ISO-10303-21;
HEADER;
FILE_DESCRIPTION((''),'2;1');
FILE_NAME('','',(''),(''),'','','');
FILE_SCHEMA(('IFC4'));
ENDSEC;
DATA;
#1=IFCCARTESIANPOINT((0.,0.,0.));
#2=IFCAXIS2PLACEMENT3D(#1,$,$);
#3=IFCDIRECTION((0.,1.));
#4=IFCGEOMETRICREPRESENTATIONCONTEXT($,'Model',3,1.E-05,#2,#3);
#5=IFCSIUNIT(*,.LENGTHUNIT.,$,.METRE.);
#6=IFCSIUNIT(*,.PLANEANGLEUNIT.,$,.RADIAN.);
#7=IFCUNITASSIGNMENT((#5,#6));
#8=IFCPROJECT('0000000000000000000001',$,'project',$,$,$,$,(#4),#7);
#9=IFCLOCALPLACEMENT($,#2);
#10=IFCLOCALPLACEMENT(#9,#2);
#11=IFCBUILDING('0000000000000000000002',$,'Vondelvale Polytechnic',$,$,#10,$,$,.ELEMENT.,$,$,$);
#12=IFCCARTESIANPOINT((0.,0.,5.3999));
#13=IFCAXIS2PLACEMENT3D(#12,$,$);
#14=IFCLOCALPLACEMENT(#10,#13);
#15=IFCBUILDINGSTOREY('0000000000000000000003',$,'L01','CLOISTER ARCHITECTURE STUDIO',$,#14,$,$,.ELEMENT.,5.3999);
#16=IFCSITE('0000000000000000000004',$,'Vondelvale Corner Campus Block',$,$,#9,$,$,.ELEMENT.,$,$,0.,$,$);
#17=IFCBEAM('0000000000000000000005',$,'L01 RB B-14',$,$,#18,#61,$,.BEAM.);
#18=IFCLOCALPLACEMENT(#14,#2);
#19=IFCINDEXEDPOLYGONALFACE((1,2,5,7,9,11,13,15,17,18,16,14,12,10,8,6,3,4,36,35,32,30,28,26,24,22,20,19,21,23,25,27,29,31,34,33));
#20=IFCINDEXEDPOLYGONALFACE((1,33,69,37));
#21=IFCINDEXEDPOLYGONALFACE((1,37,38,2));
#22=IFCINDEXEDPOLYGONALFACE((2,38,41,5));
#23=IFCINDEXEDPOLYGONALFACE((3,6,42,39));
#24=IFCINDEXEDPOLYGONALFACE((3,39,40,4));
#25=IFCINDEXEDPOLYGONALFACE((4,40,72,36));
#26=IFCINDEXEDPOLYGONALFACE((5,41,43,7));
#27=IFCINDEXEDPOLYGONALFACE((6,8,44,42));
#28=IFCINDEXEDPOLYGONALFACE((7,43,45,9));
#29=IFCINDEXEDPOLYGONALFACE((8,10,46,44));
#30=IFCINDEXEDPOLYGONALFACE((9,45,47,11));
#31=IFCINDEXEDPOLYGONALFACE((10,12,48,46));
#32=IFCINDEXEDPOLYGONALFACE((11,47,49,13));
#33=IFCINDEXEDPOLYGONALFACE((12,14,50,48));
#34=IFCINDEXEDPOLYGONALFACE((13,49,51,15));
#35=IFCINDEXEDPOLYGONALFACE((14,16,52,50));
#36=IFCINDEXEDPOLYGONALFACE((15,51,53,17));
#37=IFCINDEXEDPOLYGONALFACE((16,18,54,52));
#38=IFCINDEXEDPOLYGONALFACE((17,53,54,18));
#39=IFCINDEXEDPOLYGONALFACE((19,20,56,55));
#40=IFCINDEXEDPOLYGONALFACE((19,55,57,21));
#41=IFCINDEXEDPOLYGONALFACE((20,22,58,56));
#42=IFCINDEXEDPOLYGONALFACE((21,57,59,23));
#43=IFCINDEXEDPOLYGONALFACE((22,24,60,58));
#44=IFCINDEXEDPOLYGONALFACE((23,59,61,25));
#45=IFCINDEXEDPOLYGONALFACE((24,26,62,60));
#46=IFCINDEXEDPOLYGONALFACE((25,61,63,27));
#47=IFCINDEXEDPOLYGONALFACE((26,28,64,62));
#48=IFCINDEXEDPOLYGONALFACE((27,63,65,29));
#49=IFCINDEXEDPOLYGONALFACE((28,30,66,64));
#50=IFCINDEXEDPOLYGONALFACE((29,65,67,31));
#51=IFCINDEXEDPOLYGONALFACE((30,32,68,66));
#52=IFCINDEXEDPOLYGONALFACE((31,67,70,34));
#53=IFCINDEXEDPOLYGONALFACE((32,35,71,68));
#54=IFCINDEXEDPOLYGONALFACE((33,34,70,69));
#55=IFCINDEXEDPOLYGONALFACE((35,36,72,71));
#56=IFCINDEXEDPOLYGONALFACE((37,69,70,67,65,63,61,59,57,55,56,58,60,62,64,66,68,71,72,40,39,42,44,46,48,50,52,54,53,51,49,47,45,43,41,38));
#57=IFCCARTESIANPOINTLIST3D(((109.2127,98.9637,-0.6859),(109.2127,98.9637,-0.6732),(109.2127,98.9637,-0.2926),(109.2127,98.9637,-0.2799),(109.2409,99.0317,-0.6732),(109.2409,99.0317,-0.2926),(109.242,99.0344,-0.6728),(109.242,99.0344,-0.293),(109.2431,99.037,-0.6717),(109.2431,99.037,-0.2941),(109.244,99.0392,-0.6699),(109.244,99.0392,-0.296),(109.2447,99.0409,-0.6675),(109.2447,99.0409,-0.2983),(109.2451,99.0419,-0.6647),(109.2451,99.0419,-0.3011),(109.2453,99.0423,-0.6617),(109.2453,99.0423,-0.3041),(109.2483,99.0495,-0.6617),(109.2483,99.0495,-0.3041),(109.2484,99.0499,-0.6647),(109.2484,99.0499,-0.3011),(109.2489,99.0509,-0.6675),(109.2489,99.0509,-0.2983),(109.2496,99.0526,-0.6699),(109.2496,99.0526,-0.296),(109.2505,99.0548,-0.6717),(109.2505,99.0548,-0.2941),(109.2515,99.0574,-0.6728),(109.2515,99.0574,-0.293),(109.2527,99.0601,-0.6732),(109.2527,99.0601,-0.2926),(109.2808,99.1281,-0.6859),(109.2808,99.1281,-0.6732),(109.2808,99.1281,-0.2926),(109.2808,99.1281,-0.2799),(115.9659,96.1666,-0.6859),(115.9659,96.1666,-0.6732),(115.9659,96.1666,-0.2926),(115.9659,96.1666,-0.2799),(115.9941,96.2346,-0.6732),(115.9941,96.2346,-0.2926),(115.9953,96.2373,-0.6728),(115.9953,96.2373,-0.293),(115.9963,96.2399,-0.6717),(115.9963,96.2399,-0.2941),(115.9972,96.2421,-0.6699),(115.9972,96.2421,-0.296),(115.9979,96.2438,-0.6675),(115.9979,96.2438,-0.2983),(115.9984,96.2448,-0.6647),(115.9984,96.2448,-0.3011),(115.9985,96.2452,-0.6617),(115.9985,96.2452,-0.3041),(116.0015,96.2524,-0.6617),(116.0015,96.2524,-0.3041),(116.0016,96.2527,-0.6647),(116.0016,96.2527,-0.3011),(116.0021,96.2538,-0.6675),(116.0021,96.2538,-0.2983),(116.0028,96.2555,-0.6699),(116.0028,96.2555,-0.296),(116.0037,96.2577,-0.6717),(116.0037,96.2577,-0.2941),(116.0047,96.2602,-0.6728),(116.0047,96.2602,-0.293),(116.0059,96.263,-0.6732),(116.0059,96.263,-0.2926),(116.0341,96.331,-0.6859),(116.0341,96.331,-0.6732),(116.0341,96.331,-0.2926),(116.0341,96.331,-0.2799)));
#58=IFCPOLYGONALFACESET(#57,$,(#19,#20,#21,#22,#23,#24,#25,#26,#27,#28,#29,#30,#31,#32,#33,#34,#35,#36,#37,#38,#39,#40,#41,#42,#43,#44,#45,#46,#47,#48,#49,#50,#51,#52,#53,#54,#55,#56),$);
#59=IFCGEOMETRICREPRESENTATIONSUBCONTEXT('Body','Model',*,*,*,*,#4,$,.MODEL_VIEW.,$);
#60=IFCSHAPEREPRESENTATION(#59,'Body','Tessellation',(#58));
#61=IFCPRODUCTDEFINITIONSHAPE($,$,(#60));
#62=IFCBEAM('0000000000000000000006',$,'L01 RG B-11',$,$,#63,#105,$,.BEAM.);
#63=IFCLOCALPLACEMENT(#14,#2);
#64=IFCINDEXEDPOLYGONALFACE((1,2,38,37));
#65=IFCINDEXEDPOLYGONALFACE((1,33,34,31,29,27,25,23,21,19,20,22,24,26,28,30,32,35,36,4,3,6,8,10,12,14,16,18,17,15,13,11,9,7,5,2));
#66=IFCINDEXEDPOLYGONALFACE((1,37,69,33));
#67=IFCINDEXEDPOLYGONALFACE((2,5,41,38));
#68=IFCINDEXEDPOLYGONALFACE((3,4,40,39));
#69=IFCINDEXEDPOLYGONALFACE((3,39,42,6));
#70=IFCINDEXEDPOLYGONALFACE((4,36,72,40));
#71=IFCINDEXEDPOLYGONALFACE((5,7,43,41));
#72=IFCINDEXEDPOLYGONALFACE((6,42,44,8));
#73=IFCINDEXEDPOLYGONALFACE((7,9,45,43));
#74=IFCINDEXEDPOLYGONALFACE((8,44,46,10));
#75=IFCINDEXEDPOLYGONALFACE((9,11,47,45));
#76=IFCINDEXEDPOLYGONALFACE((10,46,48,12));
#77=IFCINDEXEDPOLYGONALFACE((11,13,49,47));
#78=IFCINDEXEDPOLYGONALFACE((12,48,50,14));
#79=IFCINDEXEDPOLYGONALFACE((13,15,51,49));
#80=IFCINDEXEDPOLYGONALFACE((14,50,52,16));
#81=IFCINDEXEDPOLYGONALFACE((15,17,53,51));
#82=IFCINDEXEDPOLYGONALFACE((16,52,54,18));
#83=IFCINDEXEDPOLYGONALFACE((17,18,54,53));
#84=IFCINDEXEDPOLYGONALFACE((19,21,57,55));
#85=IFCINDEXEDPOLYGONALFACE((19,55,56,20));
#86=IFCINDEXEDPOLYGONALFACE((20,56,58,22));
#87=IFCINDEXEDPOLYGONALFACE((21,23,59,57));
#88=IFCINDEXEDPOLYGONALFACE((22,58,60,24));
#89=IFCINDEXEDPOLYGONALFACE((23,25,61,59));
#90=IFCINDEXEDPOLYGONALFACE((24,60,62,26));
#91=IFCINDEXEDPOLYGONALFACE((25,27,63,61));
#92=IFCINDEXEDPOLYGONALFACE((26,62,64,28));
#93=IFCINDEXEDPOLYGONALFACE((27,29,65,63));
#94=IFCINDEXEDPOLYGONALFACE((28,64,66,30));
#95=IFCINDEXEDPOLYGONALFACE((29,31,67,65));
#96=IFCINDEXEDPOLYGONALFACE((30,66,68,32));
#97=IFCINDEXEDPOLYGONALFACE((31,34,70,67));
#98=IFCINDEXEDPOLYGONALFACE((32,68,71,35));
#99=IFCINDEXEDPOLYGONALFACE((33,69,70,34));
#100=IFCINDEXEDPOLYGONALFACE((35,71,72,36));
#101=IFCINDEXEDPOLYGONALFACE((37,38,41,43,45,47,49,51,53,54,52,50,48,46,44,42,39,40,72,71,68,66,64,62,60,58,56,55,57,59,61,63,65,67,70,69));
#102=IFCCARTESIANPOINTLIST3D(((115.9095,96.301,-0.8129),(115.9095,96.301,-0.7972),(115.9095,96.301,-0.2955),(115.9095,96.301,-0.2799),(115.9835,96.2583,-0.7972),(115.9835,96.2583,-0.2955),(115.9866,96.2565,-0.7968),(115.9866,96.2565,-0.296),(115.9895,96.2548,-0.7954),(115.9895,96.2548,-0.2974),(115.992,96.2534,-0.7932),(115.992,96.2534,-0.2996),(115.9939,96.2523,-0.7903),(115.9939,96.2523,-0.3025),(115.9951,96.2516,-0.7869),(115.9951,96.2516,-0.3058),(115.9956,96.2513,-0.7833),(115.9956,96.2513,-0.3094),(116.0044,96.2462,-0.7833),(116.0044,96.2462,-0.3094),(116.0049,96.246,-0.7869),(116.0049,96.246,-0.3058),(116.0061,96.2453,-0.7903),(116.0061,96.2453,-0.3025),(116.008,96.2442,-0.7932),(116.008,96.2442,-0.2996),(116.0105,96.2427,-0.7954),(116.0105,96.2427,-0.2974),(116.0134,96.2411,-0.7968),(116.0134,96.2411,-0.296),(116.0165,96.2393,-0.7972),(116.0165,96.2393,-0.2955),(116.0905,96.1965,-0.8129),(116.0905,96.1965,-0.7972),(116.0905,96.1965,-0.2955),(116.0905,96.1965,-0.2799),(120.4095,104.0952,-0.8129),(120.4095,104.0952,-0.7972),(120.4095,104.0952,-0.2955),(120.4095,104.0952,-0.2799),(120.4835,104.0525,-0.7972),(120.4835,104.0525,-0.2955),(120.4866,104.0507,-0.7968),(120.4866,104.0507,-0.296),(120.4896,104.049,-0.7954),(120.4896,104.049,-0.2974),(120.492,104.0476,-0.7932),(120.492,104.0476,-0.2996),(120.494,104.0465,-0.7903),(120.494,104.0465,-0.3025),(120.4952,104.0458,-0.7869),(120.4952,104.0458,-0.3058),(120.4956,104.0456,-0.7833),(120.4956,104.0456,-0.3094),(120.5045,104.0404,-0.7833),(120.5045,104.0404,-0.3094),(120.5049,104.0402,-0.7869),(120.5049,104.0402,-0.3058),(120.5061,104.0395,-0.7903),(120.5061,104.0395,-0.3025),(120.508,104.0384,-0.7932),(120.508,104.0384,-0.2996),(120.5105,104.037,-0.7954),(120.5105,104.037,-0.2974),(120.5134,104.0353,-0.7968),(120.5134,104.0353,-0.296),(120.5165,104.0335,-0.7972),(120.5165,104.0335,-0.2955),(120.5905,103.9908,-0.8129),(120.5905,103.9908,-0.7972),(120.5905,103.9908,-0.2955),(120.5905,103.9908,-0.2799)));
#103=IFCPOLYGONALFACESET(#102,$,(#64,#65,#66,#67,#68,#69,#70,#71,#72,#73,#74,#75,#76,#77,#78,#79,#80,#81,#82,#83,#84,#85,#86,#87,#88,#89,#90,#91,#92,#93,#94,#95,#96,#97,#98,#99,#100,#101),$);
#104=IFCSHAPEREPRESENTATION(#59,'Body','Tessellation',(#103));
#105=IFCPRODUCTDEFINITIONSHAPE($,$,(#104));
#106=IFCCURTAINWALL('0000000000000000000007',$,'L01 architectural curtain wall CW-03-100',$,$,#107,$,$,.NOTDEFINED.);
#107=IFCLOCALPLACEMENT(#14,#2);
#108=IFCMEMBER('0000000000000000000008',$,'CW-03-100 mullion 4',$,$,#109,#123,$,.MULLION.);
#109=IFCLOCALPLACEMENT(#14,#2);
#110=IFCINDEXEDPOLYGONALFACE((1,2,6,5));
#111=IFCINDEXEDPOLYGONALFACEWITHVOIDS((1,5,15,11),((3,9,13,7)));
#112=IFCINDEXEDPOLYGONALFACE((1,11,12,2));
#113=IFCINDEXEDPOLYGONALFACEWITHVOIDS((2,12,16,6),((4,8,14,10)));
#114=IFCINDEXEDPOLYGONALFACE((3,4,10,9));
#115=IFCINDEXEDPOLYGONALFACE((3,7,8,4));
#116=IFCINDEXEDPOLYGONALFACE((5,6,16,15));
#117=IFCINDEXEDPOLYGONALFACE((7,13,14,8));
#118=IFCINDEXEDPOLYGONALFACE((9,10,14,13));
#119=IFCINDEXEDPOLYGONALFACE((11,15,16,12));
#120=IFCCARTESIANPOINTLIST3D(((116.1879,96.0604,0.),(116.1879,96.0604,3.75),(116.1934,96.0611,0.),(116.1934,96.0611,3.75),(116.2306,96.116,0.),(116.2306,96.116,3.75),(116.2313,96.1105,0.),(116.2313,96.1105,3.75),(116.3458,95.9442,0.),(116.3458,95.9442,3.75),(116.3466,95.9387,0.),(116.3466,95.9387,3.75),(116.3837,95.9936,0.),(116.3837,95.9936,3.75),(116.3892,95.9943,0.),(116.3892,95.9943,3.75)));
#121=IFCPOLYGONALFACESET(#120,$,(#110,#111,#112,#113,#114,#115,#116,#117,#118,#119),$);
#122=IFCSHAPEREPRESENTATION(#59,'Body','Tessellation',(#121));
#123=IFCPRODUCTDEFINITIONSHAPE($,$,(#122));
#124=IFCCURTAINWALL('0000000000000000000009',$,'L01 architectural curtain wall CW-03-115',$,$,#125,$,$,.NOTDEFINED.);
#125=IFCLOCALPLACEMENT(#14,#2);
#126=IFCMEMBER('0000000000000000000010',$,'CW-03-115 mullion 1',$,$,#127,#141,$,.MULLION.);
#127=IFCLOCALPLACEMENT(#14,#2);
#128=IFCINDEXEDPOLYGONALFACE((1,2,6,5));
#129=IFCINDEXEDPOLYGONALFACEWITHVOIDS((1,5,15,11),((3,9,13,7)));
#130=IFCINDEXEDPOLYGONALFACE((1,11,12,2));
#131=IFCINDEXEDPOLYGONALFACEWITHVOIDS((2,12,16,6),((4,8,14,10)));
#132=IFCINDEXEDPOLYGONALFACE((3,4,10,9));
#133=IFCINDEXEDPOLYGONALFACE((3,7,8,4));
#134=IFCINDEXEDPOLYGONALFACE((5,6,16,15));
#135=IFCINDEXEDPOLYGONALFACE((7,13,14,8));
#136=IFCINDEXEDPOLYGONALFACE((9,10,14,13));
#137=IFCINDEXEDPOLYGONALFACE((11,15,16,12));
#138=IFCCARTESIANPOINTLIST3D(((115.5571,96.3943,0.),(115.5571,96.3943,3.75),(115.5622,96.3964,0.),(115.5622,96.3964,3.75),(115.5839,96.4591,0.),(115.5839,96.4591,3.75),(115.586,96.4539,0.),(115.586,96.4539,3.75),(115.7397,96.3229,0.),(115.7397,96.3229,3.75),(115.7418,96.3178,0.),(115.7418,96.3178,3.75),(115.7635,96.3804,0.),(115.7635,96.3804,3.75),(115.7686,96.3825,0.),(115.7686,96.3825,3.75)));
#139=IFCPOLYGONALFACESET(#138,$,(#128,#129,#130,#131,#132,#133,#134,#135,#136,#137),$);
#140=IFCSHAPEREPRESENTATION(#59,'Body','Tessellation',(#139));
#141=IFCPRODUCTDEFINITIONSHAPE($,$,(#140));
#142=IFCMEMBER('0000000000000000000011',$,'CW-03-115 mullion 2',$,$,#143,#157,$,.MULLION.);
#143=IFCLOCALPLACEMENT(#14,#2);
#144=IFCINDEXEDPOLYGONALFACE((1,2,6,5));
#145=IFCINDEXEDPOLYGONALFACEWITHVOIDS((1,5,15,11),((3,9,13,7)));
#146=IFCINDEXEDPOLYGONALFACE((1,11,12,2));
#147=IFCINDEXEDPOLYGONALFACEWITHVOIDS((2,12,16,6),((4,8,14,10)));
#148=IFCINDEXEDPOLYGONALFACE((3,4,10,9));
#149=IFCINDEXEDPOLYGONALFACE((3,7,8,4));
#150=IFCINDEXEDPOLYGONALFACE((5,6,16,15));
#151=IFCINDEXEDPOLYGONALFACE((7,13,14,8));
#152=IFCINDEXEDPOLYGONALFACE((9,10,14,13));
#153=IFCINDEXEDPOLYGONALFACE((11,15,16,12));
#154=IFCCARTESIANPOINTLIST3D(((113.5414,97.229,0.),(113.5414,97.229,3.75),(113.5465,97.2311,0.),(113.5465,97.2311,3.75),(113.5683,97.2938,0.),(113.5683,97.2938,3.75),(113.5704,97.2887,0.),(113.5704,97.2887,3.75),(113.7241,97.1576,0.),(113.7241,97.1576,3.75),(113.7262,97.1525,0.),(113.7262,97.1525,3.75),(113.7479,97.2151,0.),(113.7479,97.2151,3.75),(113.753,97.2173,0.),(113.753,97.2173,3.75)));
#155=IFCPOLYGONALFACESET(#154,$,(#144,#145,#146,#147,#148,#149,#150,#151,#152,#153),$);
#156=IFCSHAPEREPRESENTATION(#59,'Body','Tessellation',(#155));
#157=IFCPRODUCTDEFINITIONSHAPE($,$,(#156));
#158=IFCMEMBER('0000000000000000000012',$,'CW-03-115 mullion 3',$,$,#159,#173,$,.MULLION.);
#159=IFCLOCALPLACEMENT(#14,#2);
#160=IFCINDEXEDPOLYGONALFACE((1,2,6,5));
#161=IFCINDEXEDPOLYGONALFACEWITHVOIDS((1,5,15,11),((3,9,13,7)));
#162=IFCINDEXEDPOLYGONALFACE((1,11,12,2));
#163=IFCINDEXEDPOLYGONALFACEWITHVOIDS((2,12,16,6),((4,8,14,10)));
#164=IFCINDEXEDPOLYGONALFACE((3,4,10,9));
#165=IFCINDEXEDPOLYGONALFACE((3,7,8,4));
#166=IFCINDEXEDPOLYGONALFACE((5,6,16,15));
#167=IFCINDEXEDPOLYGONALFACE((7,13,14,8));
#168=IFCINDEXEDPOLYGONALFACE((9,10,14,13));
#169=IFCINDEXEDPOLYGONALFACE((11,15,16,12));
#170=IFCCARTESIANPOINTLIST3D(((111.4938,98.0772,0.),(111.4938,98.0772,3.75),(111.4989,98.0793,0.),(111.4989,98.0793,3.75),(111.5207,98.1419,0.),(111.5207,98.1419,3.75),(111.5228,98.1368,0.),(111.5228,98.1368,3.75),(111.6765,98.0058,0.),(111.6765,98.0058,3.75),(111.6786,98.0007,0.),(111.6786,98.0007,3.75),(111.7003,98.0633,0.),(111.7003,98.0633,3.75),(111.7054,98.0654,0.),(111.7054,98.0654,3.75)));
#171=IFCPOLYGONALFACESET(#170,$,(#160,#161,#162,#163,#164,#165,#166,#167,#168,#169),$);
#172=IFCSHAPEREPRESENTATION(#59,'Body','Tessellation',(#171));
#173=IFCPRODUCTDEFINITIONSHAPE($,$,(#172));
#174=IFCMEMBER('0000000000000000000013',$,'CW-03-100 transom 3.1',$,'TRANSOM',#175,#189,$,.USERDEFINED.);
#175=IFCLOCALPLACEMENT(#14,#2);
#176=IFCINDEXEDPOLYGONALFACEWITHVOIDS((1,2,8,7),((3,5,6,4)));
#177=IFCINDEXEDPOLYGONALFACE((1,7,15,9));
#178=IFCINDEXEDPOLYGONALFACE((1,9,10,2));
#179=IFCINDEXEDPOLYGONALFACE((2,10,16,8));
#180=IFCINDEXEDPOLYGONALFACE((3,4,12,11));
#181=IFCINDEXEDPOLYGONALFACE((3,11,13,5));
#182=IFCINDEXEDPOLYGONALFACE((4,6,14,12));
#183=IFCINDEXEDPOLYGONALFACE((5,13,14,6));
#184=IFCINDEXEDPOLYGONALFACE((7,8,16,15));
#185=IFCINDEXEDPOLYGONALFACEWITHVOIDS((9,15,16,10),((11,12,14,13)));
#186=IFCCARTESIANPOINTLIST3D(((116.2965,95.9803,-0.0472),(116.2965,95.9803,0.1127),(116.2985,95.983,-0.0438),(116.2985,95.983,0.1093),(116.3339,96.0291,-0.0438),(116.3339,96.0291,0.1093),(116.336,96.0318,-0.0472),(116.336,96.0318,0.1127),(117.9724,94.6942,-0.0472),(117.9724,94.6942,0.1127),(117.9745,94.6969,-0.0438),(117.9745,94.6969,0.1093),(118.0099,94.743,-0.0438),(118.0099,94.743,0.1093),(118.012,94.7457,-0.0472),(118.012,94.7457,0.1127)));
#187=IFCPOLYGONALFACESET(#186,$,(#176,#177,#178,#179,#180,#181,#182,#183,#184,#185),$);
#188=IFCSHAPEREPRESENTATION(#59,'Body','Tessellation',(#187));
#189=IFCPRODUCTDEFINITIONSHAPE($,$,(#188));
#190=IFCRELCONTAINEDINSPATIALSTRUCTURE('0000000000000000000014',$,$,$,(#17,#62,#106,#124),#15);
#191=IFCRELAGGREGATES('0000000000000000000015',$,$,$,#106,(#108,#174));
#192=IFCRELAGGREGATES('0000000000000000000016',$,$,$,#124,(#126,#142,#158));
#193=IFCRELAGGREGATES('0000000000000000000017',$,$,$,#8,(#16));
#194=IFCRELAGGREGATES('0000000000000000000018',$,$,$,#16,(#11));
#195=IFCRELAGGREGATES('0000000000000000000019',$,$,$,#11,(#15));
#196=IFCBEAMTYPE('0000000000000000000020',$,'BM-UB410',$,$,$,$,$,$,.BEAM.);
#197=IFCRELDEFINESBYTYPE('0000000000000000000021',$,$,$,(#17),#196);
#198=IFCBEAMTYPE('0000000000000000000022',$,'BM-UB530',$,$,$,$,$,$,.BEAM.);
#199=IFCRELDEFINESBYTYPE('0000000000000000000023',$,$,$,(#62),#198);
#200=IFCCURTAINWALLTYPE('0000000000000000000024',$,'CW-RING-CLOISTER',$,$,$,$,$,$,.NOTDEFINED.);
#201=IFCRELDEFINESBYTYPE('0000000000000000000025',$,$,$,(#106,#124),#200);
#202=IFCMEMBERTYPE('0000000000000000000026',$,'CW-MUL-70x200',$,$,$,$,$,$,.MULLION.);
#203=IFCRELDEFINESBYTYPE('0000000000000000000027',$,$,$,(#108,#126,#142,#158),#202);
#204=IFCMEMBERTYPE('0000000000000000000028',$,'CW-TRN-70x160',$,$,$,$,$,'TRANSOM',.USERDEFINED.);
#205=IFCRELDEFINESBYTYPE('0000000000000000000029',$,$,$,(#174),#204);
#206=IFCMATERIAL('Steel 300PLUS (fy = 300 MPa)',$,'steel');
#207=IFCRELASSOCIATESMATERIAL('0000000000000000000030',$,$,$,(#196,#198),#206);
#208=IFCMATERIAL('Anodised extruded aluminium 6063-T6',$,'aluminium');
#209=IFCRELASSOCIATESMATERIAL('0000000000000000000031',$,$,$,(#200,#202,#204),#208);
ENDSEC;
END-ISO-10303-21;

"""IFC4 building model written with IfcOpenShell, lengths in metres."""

from ifc_helpers import new_model, si_unit, direction, frame, origin, origin_2d, place, context, subcontext, project, spatial, hollow_rectangle, i_section, extrude, material, material_profile, profile_set, type_object, element, aggregate, save


model = new_model("IFC4")

# Units and contexts
model_context = context("Model", 3, precision=1e-05, world=origin(), true_north=direction((0.0, 1.0)))
body_context = subcontext(model_context, "Body", "Model", "MODEL_VIEW")
ifc_project = project(units=[si_unit("LENGTHUNIT", "METRE"), si_unit("PLANEANGLEUNIT", "RADIAN")], contexts=[model_context])

# Site, building, storey
site_placement = place(None, origin())
site = spatial("IfcSite", under=ifc_project, at=site_placement, Name="Vondelvale Corner Campus Block", CompositionType="ELEMENT", RefElevation=0.0)
building_placement = place(site_placement, origin())
building = spatial("IfcBuilding", under=site, at=building_placement, Name="Vondelvale Polytechnic", CompositionType="ELEMENT")
storey_placement = place(building_placement, frame((0.0, 0.0, 5.3999)))
storey = spatial("IfcBuildingStorey", under=building, at=storey_placement, Name="L01", Description="CLOISTER ARCHITECTURE STUDIO", CompositionType="ELEMENT", Elevation=5.3999)

# Beams
ifc_material_1 = material(Name="Steel 300PLUS (fy = 300 MPa)", Category="steel")
ifc_material_profile_1 = material_profile(ifc_material_1, i_section(OverallWidth=0.178, OverallDepth=0.406, WebThickness=0.0078, FlangeThickness=0.0127, FilletRadius=0.0115, at=origin_2d()), Name="410UB59.7")
ifc_profile_set_1 = profile_set([ifc_material_profile_1], Name="Steel 300PLUS (fy = 300 MPa)")
beam_type_1 = type_object("IfcBeamType", Name="BM-UB410", PredefinedType="BEAM", material=ifc_profile_set_1)
beam_1_placement = place(storey_placement, frame((116.0, 96.2488, -0.4829), z_axis=(-0.923886, 0.382667, 0.0), x_axis=(-0.382667, -0.923886, 0.0)))
element("IfcBeam", 1, at=beam_1_placement, inside=storey, type_object=beam_type_1, Name="L01 RB B-14", PredefinedType="BEAM", context=body_context, shape_type="SweptSolid", body=[
    extrude(i_section(OverallWidth=0.178, OverallDepth=0.406, WebThickness=0.0078, FlangeThickness=0.0127, FilletRadius=0.0115, at=origin_2d()), origin(), (0.0, 0.0, 1.0), 7.3096),
])
ifc_material_profile_2 = material_profile(ifc_material_1, i_section(OverallWidth=0.209, OverallDepth=0.533, WebThickness=0.0103, FlangeThickness=0.0156, FilletRadius=0.0139, at=origin_2d()), Name="530UB92.4")
ifc_profile_set_2 = profile_set([ifc_material_profile_2], Name="Steel 300PLUS (fy = 300 MPa)")
beam_type_2 = type_object("IfcBeamType", Name="BM-UB530", PredefinedType="BEAM", material=ifc_profile_set_2)
beam_2_placement = place(storey_placement, frame((116.0, 96.2488, -0.5464), z_axis=(0.500002, 0.866024, 0.0), x_axis=(-0.866024, 0.500002, 0.0)))
element("IfcBeam", 2, at=beam_2_placement, inside=storey, type_object=beam_type_2, Name="L01 RG B-11", PredefinedType="BEAM", context=body_context, shape_type="SweptSolid", body=[
    extrude(i_section(OverallWidth=0.209, OverallDepth=0.533, WebThickness=0.0103, FlangeThickness=0.0156, FilletRadius=0.0139, at=origin_2d()), origin(), (0.0, 0.0, 1.0), 9.0),
])

# Curtain wall, member
ifc_material_2 = material(Name="Anodised extruded aluminium 6063-T6", Category="aluminium")
curtain_wall_type = type_object("IfcCurtainWallType", Name="CW-RING-CLOISTER", PredefinedType="NOTDEFINED", material=ifc_material_2)
curtain_wall_1_placement = place(storey_placement, origin())
curtain_wall_1 = element("IfcCurtainWall", 3, at=curtain_wall_1_placement, inside=storey, type_object=curtain_wall_type, Name="L01 architectural curtain wall CW-03-100", PredefinedType="NOTDEFINED")
ifc_material_profile_3 = material_profile(ifc_material_2, hollow_rectangle(XDim=0.0701, YDim=0.2, WallThickness=0.0039, at=origin_2d()), Name="CW-MUL-200x70")
ifc_profile_set_3 = profile_set([ifc_material_profile_3], Name="Anodised extruded aluminium 6063-T6")
member_type_1 = type_object("IfcMemberType", Name="CW-MUL-70x200", PredefinedType="MULLION", material=ifc_profile_set_3)
member_1_placement = place(storey_placement, frame((116.2886, 96.0273, 0.0), z_axis=(0.0, 0.0, 1.0), x_axis=(-0.608748, -0.793364, 0.0)))
member_1 = element("IfcMember", 4, at=member_1_placement, type_object=member_type_1, Name="CW-03-100 mullion 4", PredefinedType="MULLION", context=body_context, shape_type="SweptSolid", body=[
    extrude(hollow_rectangle(XDim=0.0701, YDim=0.2, WallThickness=0.0039, at=origin_2d()), origin(), (0.0, 0.0, 1.0), 3.75),
])

# Curtain wall, members
curtain_wall_2_placement = place(storey_placement, origin())
curtain_wall_2 = element("IfcCurtainWall", 5, at=curtain_wall_2_placement, inside=storey, type_object=curtain_wall_type, Name="L01 architectural curtain wall CW-03-115", PredefinedType="NOTDEFINED")
member_2_placement = place(storey_placement, frame((115.6628, 96.3884, 0.0), z_axis=(0.0, 0.0, 1.0), x_axis=(-0.382679, -0.923882, 0.0)))
member_2 = element("IfcMember", 6, at=member_2_placement, type_object=member_type_1, Name="CW-03-115 mullion 1", PredefinedType="MULLION", context=body_context, shape_type="SweptSolid", body=[
    extrude(hollow_rectangle(XDim=0.0701, YDim=0.2, WallThickness=0.0039, at=origin_2d()), origin(), (0.0, 0.0, 1.0), 3.75),
])
member_3_placement = place(storey_placement, frame((113.6472, 97.2231, 0.0), z_axis=(0.0, 0.0, 1.0), x_axis=(-0.382679, -0.923882, 0.0)))
member_3 = element("IfcMember", 7, at=member_3_placement, type_object=member_type_1, Name="CW-03-115 mullion 2", PredefinedType="MULLION", context=body_context, shape_type="SweptSolid", body=[
    extrude(hollow_rectangle(XDim=0.0701, YDim=0.2, WallThickness=0.0039, at=origin_2d()), origin(), (0.0, 0.0, 1.0), 3.75),
])
member_4_placement = place(storey_placement, frame((111.5996, 98.0713, 0.0), z_axis=(0.0, 0.0, 1.0), x_axis=(-0.382679, -0.923882, 0.0)))
member_4 = element("IfcMember", 8, at=member_4_placement, type_object=member_type_1, Name="CW-03-115 mullion 3", PredefinedType="MULLION", context=body_context, shape_type="SweptSolid", body=[
    extrude(hollow_rectangle(XDim=0.0701, YDim=0.2, WallThickness=0.0039, at=origin_2d()), origin(), (0.0, 0.0, 1.0), 3.75),
])

# Member
ifc_material_profile_4 = material_profile(ifc_material_2, hollow_rectangle(XDim=0.0649, YDim=0.1599, WallThickness=0.0034, at=origin_2d()), Name="CW-TRN-160x65")
ifc_profile_set_4 = profile_set([ifc_material_profile_4], Name="Anodised extruded aluminium 6063-T6")
member_type_2 = type_object("IfcMemberType", Name="CW-TRN-70x160", ElementType="TRANSOM", PredefinedType="USERDEFINED", material=ifc_profile_set_4)
member_5_placement = place(storey_placement, frame((117.9922, 94.72, 0.0327), z_axis=(-0.793337, 0.608783, 0.0), x_axis=(-0.608783, -0.793337, 0.0)))
member_5 = element("IfcMember", 9, at=member_5_placement, type_object=member_type_2, Name="CW-03-100 transom 3.1", ObjectType="TRANSOM", PredefinedType="USERDEFINED", context=body_context, shape_type="SweptSolid", body=[
    extrude(hollow_rectangle(XDim=0.0649, YDim=0.1599, WallThickness=0.0034, at=origin_2d()), origin(), (0.0, 0.0, 1.0), 2.1125),
])

aggregate(curtain_wall_1, [member_1, member_5])
aggregate(curtain_wall_2, [member_2, member_3, member_4])

save(model, "model.ifc")
